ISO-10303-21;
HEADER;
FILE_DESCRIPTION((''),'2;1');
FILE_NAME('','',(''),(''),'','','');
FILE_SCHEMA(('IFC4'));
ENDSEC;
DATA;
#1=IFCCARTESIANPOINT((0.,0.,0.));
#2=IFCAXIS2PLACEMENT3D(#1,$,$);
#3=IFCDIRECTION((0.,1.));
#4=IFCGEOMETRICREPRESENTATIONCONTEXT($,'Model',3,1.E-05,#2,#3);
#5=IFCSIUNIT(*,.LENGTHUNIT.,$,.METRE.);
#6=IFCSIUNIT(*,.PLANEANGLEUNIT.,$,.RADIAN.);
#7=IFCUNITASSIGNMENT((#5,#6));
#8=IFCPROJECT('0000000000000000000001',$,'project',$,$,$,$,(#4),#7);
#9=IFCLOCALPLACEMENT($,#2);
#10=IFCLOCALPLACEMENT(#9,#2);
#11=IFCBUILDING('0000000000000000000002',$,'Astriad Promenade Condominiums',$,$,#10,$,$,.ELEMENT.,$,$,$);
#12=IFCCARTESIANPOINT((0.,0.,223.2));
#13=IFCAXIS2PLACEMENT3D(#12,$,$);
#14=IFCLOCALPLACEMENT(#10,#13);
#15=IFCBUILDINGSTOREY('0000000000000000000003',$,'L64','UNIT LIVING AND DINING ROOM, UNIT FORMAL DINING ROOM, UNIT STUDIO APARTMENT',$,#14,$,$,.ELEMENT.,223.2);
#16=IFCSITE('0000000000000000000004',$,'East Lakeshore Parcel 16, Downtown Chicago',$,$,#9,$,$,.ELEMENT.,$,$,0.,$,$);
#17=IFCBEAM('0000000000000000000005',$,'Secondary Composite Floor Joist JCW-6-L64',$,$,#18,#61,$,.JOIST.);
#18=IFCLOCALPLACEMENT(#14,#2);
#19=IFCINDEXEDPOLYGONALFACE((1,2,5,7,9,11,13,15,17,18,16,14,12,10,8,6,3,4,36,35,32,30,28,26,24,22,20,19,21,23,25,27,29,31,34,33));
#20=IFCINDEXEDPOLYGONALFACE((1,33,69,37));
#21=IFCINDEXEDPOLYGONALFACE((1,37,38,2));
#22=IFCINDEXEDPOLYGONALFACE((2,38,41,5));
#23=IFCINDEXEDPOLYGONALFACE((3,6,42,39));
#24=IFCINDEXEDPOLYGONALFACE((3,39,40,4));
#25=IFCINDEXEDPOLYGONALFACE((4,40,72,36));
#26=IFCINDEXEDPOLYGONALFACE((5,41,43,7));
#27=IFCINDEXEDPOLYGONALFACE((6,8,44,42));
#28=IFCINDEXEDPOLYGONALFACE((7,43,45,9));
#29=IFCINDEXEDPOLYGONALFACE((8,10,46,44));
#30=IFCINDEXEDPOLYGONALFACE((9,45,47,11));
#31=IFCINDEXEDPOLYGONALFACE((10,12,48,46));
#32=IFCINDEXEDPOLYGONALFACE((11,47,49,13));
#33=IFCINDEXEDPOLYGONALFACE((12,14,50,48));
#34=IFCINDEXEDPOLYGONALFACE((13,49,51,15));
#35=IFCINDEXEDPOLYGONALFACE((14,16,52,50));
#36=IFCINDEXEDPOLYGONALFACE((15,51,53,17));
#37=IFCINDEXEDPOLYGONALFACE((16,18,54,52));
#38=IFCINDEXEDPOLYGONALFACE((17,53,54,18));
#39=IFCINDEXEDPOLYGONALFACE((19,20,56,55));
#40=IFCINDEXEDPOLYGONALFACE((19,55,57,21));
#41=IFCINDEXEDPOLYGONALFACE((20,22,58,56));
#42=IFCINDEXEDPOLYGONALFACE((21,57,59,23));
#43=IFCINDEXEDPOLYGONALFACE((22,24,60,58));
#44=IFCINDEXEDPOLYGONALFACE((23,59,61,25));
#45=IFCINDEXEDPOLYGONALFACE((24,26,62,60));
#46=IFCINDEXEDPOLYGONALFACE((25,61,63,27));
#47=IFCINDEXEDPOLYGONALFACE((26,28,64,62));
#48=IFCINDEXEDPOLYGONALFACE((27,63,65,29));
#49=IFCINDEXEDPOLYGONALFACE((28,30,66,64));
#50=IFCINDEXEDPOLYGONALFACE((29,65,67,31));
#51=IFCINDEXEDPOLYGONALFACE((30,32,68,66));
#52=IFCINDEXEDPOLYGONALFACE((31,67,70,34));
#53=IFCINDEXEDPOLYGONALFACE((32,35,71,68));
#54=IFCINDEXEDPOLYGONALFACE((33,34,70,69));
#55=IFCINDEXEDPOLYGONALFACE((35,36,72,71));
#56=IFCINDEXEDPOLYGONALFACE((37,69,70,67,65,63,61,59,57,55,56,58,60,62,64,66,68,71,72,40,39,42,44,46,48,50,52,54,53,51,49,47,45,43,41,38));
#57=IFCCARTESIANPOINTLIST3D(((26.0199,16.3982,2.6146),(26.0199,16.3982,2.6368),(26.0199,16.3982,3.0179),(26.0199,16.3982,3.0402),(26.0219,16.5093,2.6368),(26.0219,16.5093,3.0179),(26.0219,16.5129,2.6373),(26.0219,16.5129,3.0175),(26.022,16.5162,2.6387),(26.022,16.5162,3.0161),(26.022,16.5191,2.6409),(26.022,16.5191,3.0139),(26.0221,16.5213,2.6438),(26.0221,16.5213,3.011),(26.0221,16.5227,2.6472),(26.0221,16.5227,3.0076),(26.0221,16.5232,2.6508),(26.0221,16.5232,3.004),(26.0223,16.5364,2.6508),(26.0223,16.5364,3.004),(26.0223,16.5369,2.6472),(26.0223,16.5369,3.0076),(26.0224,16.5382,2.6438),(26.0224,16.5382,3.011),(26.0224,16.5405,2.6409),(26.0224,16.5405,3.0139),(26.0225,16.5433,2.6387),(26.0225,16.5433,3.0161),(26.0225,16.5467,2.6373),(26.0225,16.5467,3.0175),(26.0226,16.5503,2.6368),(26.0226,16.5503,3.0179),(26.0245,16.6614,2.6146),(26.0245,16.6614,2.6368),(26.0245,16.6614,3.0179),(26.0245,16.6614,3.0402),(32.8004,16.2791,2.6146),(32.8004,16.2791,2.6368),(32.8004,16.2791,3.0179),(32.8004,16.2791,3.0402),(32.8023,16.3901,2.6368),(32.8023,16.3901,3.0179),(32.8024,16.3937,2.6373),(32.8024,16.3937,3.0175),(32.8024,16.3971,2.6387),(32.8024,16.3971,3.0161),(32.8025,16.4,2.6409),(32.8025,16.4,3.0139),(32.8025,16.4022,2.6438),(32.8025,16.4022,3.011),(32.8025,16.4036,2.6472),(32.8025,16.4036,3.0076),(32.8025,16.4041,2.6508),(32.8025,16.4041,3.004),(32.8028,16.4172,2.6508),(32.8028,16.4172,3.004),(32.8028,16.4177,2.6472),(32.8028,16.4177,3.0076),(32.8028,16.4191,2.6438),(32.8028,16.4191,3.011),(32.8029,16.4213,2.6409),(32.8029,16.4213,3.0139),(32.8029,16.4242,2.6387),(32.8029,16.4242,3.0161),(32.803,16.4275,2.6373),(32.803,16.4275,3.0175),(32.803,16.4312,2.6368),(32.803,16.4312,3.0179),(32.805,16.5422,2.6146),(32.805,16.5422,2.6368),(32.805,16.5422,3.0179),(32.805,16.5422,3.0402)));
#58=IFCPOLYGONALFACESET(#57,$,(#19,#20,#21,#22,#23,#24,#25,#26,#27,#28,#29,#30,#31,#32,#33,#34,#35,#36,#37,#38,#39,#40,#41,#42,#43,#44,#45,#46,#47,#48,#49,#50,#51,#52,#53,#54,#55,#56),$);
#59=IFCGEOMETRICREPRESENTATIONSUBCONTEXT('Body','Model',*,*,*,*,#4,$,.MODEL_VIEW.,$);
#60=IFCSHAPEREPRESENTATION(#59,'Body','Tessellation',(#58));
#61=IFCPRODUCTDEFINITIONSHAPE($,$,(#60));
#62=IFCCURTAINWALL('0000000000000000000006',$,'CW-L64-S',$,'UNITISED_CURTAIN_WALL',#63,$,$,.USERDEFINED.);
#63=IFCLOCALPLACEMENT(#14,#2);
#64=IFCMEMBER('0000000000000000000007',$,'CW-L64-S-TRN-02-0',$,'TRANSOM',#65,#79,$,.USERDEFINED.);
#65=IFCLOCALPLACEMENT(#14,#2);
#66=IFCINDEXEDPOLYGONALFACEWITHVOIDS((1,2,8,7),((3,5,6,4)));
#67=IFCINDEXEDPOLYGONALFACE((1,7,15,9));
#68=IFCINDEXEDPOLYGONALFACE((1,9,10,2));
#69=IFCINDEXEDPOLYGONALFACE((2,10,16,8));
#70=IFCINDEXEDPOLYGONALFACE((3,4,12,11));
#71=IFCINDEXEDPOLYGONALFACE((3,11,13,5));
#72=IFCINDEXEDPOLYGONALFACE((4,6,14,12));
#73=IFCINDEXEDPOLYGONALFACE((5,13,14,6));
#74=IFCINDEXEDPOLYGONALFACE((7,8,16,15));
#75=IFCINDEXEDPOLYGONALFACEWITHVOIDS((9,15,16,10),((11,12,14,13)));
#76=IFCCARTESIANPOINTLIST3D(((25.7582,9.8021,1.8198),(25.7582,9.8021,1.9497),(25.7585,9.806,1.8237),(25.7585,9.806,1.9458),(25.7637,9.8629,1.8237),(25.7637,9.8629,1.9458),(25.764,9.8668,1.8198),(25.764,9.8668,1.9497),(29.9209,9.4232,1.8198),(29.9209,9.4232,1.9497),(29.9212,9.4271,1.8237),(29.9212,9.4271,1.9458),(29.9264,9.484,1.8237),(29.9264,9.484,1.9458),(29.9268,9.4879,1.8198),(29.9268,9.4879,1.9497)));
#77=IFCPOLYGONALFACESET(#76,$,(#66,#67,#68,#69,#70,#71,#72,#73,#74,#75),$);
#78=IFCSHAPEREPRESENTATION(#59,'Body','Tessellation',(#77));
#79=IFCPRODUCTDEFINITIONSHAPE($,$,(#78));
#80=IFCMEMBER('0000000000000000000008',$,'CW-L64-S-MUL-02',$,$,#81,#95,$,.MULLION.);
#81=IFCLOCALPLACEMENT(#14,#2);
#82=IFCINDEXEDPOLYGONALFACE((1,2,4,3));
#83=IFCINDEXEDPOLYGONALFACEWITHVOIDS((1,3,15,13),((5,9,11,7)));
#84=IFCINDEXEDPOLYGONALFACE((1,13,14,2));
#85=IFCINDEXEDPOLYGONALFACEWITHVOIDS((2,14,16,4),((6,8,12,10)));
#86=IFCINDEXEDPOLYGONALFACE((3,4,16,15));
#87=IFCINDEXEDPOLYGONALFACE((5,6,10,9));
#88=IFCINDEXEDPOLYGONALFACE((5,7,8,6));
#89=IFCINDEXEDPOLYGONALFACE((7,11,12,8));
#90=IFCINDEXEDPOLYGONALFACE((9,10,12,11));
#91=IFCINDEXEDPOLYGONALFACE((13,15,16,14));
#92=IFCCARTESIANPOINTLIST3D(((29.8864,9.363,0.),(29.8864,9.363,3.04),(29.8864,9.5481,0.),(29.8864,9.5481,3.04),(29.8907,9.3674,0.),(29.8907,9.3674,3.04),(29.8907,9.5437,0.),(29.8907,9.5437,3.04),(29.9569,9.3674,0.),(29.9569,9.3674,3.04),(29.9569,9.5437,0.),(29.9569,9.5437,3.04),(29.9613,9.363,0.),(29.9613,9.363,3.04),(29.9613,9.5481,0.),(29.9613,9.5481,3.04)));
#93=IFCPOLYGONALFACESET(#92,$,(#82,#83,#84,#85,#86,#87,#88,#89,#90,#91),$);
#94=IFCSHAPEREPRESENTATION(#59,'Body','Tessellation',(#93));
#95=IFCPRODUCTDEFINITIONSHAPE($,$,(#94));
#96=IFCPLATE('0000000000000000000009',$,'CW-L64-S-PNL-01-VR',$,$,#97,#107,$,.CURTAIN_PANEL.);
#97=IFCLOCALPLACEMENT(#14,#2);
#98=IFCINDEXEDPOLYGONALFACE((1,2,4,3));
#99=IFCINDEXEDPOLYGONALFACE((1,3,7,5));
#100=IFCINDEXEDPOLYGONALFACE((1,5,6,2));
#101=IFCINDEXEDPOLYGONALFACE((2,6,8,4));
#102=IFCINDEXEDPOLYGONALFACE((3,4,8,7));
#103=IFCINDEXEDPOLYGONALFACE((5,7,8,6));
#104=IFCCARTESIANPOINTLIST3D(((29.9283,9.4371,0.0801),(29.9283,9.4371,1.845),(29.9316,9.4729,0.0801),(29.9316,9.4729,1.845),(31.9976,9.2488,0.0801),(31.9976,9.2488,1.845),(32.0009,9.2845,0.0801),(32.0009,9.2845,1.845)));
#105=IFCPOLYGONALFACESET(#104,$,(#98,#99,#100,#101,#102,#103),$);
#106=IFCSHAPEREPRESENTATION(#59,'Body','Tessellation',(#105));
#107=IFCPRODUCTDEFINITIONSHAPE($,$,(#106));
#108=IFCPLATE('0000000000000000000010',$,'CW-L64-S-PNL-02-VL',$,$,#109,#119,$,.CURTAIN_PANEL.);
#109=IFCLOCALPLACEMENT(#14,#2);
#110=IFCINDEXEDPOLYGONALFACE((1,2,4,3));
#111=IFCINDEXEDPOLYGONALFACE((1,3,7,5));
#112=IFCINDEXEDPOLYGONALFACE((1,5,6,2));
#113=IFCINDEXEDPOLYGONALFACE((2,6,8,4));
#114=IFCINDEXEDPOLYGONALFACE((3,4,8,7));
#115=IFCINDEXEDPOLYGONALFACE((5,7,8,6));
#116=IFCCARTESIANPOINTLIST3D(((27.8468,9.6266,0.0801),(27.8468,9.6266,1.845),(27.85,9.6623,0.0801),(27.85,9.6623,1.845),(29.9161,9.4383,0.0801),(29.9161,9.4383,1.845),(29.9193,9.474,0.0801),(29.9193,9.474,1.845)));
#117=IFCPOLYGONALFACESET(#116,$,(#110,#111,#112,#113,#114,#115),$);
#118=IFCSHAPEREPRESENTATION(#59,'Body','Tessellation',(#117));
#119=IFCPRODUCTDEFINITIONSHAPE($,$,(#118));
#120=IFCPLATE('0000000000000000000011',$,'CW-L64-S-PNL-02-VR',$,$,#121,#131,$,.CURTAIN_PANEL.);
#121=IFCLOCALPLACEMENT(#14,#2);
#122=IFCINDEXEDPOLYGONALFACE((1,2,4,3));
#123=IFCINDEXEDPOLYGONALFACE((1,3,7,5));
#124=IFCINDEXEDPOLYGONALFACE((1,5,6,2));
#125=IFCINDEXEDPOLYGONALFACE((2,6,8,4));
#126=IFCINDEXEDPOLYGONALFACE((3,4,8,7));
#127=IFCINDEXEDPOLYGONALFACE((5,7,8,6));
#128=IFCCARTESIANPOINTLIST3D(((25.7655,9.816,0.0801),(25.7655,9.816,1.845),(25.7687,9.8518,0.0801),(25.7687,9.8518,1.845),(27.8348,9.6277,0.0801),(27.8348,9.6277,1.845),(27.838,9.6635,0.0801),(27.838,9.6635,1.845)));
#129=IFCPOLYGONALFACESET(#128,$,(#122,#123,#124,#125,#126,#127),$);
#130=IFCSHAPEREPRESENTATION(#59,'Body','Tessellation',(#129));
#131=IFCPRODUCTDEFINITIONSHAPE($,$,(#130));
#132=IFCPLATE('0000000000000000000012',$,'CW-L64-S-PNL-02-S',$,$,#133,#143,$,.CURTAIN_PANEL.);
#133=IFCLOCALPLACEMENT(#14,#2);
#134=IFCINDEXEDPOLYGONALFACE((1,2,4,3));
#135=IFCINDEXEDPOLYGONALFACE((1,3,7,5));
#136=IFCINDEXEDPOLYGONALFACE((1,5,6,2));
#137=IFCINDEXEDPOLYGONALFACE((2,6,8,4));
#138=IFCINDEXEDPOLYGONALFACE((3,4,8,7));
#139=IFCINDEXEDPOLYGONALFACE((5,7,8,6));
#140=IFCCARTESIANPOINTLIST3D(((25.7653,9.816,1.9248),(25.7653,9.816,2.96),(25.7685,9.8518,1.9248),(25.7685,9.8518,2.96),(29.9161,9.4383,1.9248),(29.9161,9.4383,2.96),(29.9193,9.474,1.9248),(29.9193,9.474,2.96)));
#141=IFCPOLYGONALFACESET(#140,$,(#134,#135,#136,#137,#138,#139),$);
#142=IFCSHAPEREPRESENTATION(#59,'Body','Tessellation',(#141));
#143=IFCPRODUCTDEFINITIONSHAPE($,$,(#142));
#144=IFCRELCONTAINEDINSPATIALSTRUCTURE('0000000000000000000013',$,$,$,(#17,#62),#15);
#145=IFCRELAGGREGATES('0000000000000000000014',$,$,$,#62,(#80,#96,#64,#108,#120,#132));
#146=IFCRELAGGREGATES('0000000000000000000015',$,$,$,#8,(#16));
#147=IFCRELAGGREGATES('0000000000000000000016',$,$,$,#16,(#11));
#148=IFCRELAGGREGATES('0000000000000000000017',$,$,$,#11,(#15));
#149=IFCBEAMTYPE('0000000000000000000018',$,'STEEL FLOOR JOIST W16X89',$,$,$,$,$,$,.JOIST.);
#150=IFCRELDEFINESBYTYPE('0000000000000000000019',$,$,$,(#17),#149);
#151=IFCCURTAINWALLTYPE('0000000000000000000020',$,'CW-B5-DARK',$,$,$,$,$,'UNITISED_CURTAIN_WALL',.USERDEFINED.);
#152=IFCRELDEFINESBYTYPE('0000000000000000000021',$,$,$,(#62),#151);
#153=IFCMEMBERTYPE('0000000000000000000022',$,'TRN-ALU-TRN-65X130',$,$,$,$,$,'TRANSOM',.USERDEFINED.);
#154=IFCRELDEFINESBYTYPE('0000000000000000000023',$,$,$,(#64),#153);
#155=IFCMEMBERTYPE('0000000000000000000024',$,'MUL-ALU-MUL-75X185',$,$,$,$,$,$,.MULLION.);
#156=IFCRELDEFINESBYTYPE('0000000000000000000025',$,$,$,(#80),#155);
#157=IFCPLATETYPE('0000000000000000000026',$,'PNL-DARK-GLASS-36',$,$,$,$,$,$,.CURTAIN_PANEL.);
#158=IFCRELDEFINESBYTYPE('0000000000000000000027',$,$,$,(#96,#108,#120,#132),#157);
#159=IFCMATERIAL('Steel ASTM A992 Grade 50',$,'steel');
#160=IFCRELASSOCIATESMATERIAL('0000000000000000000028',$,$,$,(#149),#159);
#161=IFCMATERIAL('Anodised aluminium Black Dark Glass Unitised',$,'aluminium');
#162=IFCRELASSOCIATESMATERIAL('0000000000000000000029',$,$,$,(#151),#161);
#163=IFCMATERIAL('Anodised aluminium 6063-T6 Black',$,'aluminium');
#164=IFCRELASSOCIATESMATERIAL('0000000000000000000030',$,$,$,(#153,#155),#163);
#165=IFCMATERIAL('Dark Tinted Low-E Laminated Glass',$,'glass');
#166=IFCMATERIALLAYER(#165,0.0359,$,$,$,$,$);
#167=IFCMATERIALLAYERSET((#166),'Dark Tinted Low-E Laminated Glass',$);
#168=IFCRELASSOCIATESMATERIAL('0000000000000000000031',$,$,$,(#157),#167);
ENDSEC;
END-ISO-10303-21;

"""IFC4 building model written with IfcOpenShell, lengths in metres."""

from ifc_helpers import new_model, si_unit, direction, frame, origin, origin_2d, place, context, subcontext, project, spatial, rectangle, hollow_rectangle, i_section, extrude, source, transform, mapped, material, layer, layer_set, material_profile, profile_set, type_object, type_shapes, element, aggregate, save


model = new_model("IFC4")

# Units and contexts
model_context = context("Model", 3, precision=1e-05, world=origin(), true_north=direction((0.0, 1.0)))
body_context = subcontext(model_context, "Body", "Model", "MODEL_VIEW")
ifc_project = project(units=[si_unit("LENGTHUNIT", "METRE"), si_unit("PLANEANGLEUNIT", "RADIAN")], contexts=[model_context])

# Site, building, storey
site_placement = place(None, origin())
site = spatial("IfcSite", under=ifc_project, at=site_placement, Name="East Lakeshore Parcel 16, Downtown Chicago", CompositionType="ELEMENT", RefElevation=0.0)
building_placement = place(site_placement, origin())
building = spatial("IfcBuilding", under=site, at=building_placement, Name="Astriad Promenade Condominiums", CompositionType="ELEMENT")
storey_placement = place(building_placement, frame((0.0, 0.0, 223.2)))
storey = spatial("IfcBuildingStorey", under=building, at=storey_placement, Name="L64", Description="UNIT LIVING AND DINING ROOM, UNIT FORMAL DINING ROOM, UNIT STUDIO APARTMENT", CompositionType="ELEMENT", Elevation=223.2)

# Shared definitions
ifc_material_1 = material(Name="Steel ASTM A992 Grade 50", Category="steel")

# Beam
ifc_material_profile_1 = material_profile(ifc_material_1, i_section(OverallWidth=0.2632, OverallDepth=0.4255, WebThickness=0.0132, FlangeThickness=0.0222, FilletRadius=0.0139, at=origin_2d()), Name="W16X89")
ifc_profile_set_1 = profile_set([ifc_material_profile_1], Name="Steel ASTM A992 Grade 50")
beam_type_1 = type_object("IfcBeamType", Name="STEEL FLOOR JOIST W16X89", PredefinedType="JOIST", material=ifc_profile_set_1)
shared_shape_1 = source(origin(), body_context, "Body", "SweptSolid", [
    extrude(i_section(OverallWidth=0.2632, OverallDepth=0.4255, WebThickness=0.0132, FlangeThickness=0.0222, FilletRadius=0.0139, at=origin_2d()), origin(), (0.0, 0.0, 1.0), 6.7815),
])
type_shapes(beam_type_1, [shared_shape_1])
beam_1_placement = place(storey_placement, frame((26.0222, 16.5298, 2.8274), z_axis=(0.999846, -0.017568, 0.0), x_axis=(0.017568, 0.999846, 0.0)))
element("IfcBeam", 1, at=beam_1_placement, inside=storey, type_object=beam_type_1, Name="Secondary Composite Floor Joist JCW-6-L64", PredefinedType="JOIST", context=body_context, shape_type="MappedRepresentation", body=[
    mapped(shared_shape_1, transform((0.0, 0.0, 0.0), scale=1.0)),
])

# Curtain wall, members, plates
ifc_material_2 = material(Name="Anodised aluminium Black Dark Glass Unitised", Category="aluminium")
curtain_wall_type = type_object("IfcCurtainWallType", Name="CW-B5-DARK", ElementType="UNITISED_CURTAIN_WALL", PredefinedType="USERDEFINED", material=ifc_material_2)
curtain_wall_placement = place(storey_placement, origin())
curtain_wall = element("IfcCurtainWall", 2, at=curtain_wall_placement, inside=storey, type_object=curtain_wall_type, Name="CW-L64-S", ObjectType="UNITISED_CURTAIN_WALL", PredefinedType="USERDEFINED")
ifc_material_3 = material(Name="Anodised aluminium 6063-T6 Black", Category="aluminium")
ifc_material_profile_2 = material_profile(ifc_material_3, hollow_rectangle(XDim=0.0649, YDim=0.1299, WallThickness=0.0039, at=origin_2d()), Name="ALU-TRN-65X130")
ifc_profile_set_2 = profile_set([ifc_material_profile_2], Name="Anodised aluminium 6063-T6 Black")
member_type_1 = type_object("IfcMemberType", Name="TRN-ALU-TRN-65X130", ElementType="TRANSOM", PredefinedType="USERDEFINED", material=ifc_profile_set_2)
shared_shape_2 = source(origin(), body_context, "Body", "SweptSolid", [
    extrude(hollow_rectangle(XDim=0.0649, YDim=0.1299, WallThickness=0.0039, at=origin_2d()), origin(), (0.0, 0.0, 1.0), 4.1799),
])
type_shapes(member_type_1, [shared_shape_2])
member_1_placement = place(storey_placement, frame((29.9238, 9.4556, 1.8848), z_axis=(-0.995883, 0.090646, 0.0), x_axis=(-0.090646, -0.995883, 0.0)))
member_1 = element("IfcMember", 3, at=member_1_placement, type_object=member_type_1, Name="CW-L64-S-TRN-02-0", ObjectType="TRANSOM", PredefinedType="USERDEFINED", context=body_context, shape_type="MappedRepresentation", body=[
    mapped(shared_shape_2, transform((0.0, 0.0, 0.0), scale=1.0)),
])
ifc_material_profile_3 = material_profile(ifc_material_3, hollow_rectangle(XDim=0.075, YDim=0.1851, WallThickness=0.0044, at=origin_2d()), Name="ALU-MUL-75X185")
ifc_profile_set_3 = profile_set([ifc_material_profile_3], Name="Anodised aluminium 6063-T6 Black")
member_type_2 = type_object("IfcMemberType", Name="MUL-ALU-MUL-75X185", PredefinedType="MULLION", material=ifc_profile_set_3)
shared_shape_3 = source(origin(), body_context, "Body", "SweptSolid", [
    extrude(hollow_rectangle(XDim=0.075, YDim=0.1851, WallThickness=0.0044, at=origin_2d()), origin(), (0.0, 0.0, 1.0), 3.04),
])
type_shapes(member_type_2, [shared_shape_3])
member_2_placement = place(storey_placement, frame((29.9238, 9.4556, 0.0), z_axis=(0.0, 0.0, 1.0), x_axis=(1.0, 0.0, 0.0)))
member_2 = element("IfcMember", 4, at=member_2_placement, type_object=member_type_2, Name="CW-L64-S-MUL-02", PredefinedType="MULLION", context=body_context, shape_type="MappedRepresentation", body=[
    mapped(shared_shape_3, transform((0.0, 0.0, 0.0), scale=1.0)),
])
ifc_material_4 = material(Name="Dark Tinted Low-E Laminated Glass", Category="glass")
ifc_layer_1 = layer(ifc_material_4, 0.0359)
ifc_layer_set_1 = layer_set([ifc_layer_1], Name="Dark Tinted Low-E Laminated Glass")
plate_type = type_object("IfcPlateType", Name="PNL-DARK-GLASS-36", PredefinedType="CURTAIN_PANEL", material=ifc_layer_set_1)
shared_shape_4 = source(origin(), body_context, "Body", "SweptSolid", [
    extrude(rectangle(XDim=2.0779, YDim=0.0359, at=origin_2d()), origin(), (0.0, 0.0, 1.0), 1.7649),
])
plate_1_placement = place(storey_placement, frame((30.9646, 9.3608, 0.0801), z_axis=(0.0, 0.0, 1.0), x_axis=(-0.995884, 0.090633, 0.0)))
plate_1 = element("IfcPlate", 5, at=plate_1_placement, type_object=plate_type, Name="CW-L64-S-PNL-01-VR", PredefinedType="CURTAIN_PANEL", context=body_context, shape_type="MappedRepresentation", body=[
    mapped(shared_shape_4, transform((0.0, 0.0, 0.0), scale=1.0)),
])
plate_2_placement = place(storey_placement, frame((28.8831, 9.5503, 0.0801), z_axis=(0.0, 0.0, 1.0), x_axis=(-0.995884, 0.090633, 0.0)))
plate_2 = element("IfcPlate", 6, at=plate_2_placement, type_object=plate_type, Name="CW-L64-S-PNL-02-VL", PredefinedType="CURTAIN_PANEL", context=body_context, shape_type="MappedRepresentation", body=[
    mapped(shared_shape_4, transform((0.0, 0.0, 0.0), scale=1.0)),
])
plate_3_placement = place(storey_placement, frame((26.8018, 9.7397, 0.0801), z_axis=(0.0, 0.0, 1.0), x_axis=(-0.995884, 0.090633, 0.0)))
plate_3 = element("IfcPlate", 7, at=plate_3_placement, type_object=plate_type, Name="CW-L64-S-PNL-02-VR", PredefinedType="CURTAIN_PANEL", context=body_context, shape_type="MappedRepresentation", body=[
    mapped(shared_shape_4, transform((0.0, 0.0, 0.0), scale=1.0)),
])
shared_shape_5 = source(origin(), body_context, "Body", "SweptSolid", [
    extrude(rectangle(XDim=4.168, YDim=0.0359, at=origin_2d()), origin(), (0.0, 0.0, 1.0), 1.0352),
])
type_shapes(plate_type, [shared_shape_4, shared_shape_5])
plate_4_placement = place(storey_placement, frame((27.8423, 9.645, 1.9248), z_axis=(0.0, 0.0, 1.0), x_axis=(-0.995884, 0.090633, 0.0)))
plate_4 = element("IfcPlate", 8, at=plate_4_placement, type_object=plate_type, Name="CW-L64-S-PNL-02-S", PredefinedType="CURTAIN_PANEL", context=body_context, shape_type="MappedRepresentation", body=[
    mapped(shared_shape_5, transform((0.0, 0.0, 0.0), scale=1.0)),
])
aggregate(curtain_wall, [member_2, plate_1, member_1, plate_2, plate_3, plate_4])

save(model, "model.ifc")
